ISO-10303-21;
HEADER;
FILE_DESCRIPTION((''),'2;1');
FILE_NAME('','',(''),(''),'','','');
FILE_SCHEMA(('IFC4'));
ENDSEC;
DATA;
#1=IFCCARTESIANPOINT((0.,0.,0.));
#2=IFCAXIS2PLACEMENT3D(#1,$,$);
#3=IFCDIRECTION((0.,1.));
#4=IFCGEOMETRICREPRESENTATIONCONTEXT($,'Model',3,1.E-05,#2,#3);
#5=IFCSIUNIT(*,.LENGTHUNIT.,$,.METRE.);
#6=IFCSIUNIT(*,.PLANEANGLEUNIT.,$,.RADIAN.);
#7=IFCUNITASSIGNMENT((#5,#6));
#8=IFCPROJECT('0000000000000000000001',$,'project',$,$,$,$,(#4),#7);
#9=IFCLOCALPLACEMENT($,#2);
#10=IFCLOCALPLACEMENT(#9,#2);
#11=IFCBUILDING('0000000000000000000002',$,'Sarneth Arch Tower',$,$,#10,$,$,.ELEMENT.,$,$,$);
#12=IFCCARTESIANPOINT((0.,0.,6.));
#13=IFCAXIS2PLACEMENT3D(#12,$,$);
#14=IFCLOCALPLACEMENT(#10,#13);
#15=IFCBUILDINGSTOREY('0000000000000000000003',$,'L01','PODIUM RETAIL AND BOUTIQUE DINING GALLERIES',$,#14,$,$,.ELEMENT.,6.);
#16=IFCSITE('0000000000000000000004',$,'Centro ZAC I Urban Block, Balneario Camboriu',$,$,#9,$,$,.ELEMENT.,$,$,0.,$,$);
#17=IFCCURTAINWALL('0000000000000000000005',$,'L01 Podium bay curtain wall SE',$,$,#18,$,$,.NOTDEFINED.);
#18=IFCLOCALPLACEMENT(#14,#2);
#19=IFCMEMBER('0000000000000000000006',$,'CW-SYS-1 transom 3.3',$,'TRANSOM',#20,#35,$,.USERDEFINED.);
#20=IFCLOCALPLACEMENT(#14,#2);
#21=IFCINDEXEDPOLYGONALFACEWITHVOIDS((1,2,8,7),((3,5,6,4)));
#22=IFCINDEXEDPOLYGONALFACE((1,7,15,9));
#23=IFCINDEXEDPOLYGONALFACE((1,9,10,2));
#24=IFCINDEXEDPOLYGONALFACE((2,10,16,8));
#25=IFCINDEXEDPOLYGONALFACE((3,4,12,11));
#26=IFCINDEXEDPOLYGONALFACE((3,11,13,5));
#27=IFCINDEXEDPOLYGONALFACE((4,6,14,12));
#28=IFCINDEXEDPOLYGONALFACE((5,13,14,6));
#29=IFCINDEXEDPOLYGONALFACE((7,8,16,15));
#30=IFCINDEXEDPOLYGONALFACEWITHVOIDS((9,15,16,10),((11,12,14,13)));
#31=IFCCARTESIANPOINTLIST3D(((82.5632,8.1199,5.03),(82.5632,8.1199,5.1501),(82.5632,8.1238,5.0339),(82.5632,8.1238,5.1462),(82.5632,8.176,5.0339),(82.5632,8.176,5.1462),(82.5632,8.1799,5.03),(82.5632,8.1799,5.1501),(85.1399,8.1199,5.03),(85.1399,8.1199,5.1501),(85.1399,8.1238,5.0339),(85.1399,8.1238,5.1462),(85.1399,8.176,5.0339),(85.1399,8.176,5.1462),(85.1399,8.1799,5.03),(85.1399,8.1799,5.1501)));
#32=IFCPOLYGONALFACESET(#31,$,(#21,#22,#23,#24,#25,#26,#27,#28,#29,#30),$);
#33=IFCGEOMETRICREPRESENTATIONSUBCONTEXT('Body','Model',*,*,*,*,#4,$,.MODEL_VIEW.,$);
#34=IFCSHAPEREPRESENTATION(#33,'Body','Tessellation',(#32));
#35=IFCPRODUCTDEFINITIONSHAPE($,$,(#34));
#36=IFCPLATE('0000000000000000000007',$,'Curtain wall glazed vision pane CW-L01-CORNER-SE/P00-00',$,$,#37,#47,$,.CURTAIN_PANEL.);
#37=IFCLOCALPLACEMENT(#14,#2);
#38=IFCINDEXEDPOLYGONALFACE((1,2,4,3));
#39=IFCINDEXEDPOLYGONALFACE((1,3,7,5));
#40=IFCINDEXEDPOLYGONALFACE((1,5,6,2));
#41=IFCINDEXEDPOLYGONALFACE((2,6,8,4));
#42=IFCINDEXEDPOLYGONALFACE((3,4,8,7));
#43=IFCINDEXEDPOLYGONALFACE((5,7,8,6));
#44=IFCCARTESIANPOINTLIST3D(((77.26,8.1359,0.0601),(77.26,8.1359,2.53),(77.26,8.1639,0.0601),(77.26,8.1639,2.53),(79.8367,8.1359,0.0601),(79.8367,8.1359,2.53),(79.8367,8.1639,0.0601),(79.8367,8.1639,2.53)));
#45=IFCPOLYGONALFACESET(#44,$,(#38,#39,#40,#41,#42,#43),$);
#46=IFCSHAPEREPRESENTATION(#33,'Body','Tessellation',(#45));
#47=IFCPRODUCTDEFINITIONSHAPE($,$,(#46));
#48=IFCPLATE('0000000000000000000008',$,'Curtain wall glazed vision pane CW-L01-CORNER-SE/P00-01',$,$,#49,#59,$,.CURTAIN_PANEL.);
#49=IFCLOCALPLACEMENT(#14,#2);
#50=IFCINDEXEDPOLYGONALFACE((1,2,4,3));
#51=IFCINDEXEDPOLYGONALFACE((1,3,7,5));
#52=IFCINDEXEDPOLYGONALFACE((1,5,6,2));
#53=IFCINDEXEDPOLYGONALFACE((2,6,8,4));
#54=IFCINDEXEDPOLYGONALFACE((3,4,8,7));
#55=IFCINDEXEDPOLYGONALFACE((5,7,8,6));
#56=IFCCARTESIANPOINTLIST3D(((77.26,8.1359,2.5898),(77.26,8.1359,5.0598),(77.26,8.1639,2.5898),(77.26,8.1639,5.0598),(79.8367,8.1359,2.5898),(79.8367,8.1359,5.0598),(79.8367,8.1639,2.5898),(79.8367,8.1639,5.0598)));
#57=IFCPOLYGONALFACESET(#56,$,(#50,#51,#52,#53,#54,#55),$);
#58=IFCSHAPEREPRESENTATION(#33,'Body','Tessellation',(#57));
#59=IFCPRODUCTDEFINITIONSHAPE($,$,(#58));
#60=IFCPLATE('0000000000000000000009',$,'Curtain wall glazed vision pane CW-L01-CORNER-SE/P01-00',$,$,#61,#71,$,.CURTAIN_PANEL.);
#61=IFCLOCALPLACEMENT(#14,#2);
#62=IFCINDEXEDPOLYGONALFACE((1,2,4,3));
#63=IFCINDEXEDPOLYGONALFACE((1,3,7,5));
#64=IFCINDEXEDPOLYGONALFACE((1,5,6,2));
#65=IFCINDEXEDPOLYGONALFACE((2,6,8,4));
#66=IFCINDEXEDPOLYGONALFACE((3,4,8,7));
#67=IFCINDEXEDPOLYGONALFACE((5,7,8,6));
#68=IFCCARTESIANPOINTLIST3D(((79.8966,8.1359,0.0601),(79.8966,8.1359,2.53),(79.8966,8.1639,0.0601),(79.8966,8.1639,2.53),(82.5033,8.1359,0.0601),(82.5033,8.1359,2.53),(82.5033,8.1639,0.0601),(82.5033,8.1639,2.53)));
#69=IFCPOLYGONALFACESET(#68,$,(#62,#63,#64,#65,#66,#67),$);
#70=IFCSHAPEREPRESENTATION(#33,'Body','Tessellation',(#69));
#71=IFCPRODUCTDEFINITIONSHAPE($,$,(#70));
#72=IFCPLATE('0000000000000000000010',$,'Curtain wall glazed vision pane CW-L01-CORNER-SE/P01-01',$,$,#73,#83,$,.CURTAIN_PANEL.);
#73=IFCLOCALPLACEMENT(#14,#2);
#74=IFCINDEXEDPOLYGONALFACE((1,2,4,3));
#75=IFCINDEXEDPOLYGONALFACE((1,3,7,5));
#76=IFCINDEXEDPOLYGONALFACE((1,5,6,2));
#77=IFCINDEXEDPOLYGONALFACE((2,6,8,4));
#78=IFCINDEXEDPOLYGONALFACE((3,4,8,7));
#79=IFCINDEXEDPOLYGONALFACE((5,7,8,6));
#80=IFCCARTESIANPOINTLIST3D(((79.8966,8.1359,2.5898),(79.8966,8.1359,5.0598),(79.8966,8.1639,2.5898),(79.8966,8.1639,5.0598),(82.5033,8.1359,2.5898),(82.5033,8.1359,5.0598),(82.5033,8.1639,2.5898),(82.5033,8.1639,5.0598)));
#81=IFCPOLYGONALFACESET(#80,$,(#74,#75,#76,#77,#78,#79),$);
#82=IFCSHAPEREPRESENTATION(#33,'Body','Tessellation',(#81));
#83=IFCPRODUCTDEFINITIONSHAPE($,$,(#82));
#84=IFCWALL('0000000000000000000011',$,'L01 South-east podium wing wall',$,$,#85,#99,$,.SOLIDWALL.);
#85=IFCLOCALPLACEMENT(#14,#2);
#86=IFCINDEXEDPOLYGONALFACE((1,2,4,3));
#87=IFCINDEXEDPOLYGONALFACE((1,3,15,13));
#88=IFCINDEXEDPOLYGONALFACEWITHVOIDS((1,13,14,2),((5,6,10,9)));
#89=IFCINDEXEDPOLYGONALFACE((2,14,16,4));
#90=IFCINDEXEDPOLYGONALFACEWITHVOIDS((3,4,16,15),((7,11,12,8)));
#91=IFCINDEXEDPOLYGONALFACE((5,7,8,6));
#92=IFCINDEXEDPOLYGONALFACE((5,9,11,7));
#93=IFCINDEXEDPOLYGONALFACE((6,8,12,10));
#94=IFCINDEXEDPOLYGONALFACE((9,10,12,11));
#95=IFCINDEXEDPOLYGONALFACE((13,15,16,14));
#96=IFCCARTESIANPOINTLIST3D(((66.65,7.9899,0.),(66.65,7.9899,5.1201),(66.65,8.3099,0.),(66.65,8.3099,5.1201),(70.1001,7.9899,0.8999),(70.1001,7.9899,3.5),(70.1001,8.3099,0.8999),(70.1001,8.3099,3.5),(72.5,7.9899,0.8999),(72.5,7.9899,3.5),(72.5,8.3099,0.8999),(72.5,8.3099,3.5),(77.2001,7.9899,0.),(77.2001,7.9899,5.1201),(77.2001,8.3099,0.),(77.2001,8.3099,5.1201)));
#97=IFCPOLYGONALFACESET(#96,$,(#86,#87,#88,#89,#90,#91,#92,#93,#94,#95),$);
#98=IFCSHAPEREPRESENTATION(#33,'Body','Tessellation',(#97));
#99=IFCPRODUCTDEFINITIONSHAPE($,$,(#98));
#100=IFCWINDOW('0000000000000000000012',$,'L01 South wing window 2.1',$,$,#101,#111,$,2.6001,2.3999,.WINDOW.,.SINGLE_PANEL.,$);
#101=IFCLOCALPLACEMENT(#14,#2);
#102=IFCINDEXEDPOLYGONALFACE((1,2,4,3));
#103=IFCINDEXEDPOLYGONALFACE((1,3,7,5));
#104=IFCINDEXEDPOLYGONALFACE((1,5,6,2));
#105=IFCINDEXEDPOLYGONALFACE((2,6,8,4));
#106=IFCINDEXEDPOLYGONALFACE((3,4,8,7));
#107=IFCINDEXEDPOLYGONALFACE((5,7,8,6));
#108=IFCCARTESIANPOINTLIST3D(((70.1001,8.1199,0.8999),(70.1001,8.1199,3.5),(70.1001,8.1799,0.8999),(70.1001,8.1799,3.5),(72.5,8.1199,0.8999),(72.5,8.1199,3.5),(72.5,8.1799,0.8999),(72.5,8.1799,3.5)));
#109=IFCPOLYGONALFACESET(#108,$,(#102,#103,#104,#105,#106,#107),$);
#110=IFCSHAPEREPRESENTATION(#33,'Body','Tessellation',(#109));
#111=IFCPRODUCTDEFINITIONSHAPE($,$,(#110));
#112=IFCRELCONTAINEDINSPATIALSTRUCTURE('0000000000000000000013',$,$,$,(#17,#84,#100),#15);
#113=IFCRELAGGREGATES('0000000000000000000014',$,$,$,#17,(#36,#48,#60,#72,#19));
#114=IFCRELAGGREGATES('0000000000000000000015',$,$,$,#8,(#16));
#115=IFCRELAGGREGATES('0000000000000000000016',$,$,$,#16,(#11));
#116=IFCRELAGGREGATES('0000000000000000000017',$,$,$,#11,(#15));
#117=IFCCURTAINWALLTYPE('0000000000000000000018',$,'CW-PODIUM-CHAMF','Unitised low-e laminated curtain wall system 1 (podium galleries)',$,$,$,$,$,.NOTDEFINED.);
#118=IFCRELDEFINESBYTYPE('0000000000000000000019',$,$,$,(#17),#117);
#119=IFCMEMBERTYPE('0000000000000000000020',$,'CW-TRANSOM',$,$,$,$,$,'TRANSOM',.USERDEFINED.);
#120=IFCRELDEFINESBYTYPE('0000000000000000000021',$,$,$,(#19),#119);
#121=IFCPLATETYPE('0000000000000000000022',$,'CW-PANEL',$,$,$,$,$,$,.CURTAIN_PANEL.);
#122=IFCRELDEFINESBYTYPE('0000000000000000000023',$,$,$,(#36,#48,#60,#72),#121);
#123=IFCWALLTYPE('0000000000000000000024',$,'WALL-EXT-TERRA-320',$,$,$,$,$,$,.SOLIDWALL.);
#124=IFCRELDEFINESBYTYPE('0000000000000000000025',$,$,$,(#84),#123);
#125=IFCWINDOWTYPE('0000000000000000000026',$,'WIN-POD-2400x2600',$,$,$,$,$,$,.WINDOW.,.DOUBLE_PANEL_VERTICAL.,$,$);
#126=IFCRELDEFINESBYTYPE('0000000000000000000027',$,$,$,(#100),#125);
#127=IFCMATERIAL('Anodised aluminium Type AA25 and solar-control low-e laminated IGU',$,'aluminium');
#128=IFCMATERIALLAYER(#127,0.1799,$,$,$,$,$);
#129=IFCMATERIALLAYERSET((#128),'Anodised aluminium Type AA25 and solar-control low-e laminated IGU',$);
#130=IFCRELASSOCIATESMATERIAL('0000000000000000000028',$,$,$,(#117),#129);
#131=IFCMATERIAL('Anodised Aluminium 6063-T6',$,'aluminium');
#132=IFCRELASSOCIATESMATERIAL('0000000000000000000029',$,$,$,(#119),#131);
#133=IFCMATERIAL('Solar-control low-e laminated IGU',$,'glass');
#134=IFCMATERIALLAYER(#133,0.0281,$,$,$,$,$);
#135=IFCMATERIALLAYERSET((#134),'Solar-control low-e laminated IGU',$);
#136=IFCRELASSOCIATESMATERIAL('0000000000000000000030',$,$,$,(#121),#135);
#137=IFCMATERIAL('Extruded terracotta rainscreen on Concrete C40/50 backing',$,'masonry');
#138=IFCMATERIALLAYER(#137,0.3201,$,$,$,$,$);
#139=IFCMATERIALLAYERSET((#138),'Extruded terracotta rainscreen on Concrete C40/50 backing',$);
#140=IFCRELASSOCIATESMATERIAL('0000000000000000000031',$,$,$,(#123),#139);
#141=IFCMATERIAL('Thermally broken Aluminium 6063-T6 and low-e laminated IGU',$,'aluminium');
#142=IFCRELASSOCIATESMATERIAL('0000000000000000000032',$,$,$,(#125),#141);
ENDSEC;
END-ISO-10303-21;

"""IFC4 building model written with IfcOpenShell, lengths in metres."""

from ifc_helpers import new_model, si_unit, direction, frame, frame_2d, origin, origin_2d, place, context, subcontext, project, spatial, rectangle, hollow_rectangle, extrude, material, layer, layer_set, material_profile, profile_set, type_object, element, fill, aggregate, save


model = new_model("IFC4")

# Units and contexts
model_context = context("Model", 3, precision=1e-05, world=origin(), true_north=direction((0.0, 1.0)))
body_context = subcontext(model_context, "Body", "Model", "MODEL_VIEW")
ifc_project = project(units=[si_unit("LENGTHUNIT", "METRE"), si_unit("PLANEANGLEUNIT", "RADIAN")], contexts=[model_context])

# Site, building, storey
site_placement = place(None, origin())
site = spatial("IfcSite", under=ifc_project, at=site_placement, Name="Centro ZAC I Urban Block, Balneario Camboriu", CompositionType="ELEMENT", RefElevation=0.0)
building_placement = place(site_placement, origin())
building = spatial("IfcBuilding", under=site, at=building_placement, Name="Sarneth Arch Tower", CompositionType="ELEMENT")
storey_placement = place(building_placement, frame((0.0, 0.0, 6.0)))
storey = spatial("IfcBuildingStorey", under=building, at=storey_placement, Name="L01", Description="PODIUM RETAIL AND BOUTIQUE DINING GALLERIES", CompositionType="ELEMENT", Elevation=6.0)

# Curtain wall, member, plates
ifc_material_1 = material(Name="Anodised aluminium Type AA25 and solar-control low-e laminated IGU", Category="aluminium")
ifc_layer_1 = layer(ifc_material_1, 0.1799)
ifc_layer_set_1 = layer_set([ifc_layer_1], Name="Anodised aluminium Type AA25 and solar-control low-e laminated IGU")
curtain_wall_type = type_object("IfcCurtainWallType", Name="CW-PODIUM-CHAMF", Description="Unitised low-e laminated curtain wall system 1 (podium galleries)", PredefinedType="NOTDEFINED", material=ifc_layer_set_1)
curtain_wall_placement = place(storey_placement, origin())
curtain_wall = element("IfcCurtainWall", 1, at=curtain_wall_placement, inside=storey, type_object=curtain_wall_type, Name="L01 Podium bay curtain wall SE", PredefinedType="NOTDEFINED")
ifc_material_2 = material(Name="Anodised Aluminium 6063-T6", Category="aluminium")
ifc_material_profile_1 = material_profile(ifc_material_2, hollow_rectangle(XDim=0.0601, YDim=0.1201, WallThickness=0.0039, at=origin_2d()), Name="AL-TRAN-120x60x4")
ifc_profile_set_1 = profile_set([ifc_material_profile_1], Name="Anodised Aluminium 6063-T6")
member_type_1 = type_object("IfcMemberType", Name="CW-TRANSOM", ElementType="TRANSOM", PredefinedType="USERDEFINED", material=ifc_profile_set_1)
member_1_placement = place(storey_placement, frame((82.5632, 8.1499, 5.0901), z_axis=(1.0, 0.0, 0.0), x_axis=(0.0, 1.0, 0.0)))
member_1 = element("IfcMember", 2, at=member_1_placement, type_object=member_type_1, Name="CW-SYS-1 transom 3.3", ObjectType="TRANSOM", PredefinedType="USERDEFINED", context=body_context, shape_type="SweptSolid", body=[
    extrude(hollow_rectangle(XDim=0.0601, YDim=0.1201, WallThickness=0.0039, at=origin_2d()), origin(), (0.0, 0.0, 1.0), 2.5767),
])
ifc_material_3 = material(Name="Solar-control low-e laminated IGU", Category="glass")
ifc_layer_2 = layer(ifc_material_3, 0.0281)
ifc_layer_set_2 = layer_set([ifc_layer_2], Name="Solar-control low-e laminated IGU")
plate_type = type_object("IfcPlateType", Name="CW-PANEL", PredefinedType="CURTAIN_PANEL", material=ifc_layer_set_2)
plate_1_placement = place(storey_placement, frame((78.5483, 8.1499, 0.0601), z_axis=(0.0, 0.0, 1.0), x_axis=(1.0, 0.0, 0.0)))
plate_1 = element("IfcPlate", 3, at=plate_1_placement, type_object=plate_type, Name="Curtain wall glazed vision pane CW-L01-CORNER-SE/P00-00", PredefinedType="CURTAIN_PANEL", context=body_context, shape_type="SweptSolid", body=[
    extrude(rectangle(XDim=2.5767, YDim=0.0281, at=origin_2d()), origin(), (0.0, 0.0, 1.0), 2.47),
])
plate_2_placement = place(storey_placement, frame((78.5483, 8.1499, 2.5898), z_axis=(0.0, 0.0, 1.0), x_axis=(1.0, 0.0, 0.0)))
plate_2 = element("IfcPlate", 4, at=plate_2_placement, type_object=plate_type, Name="Curtain wall glazed vision pane CW-L01-CORNER-SE/P00-01", PredefinedType="CURTAIN_PANEL", context=body_context, shape_type="SweptSolid", body=[
    extrude(rectangle(XDim=2.5767, YDim=0.0281, at=origin_2d()), origin(), (0.0, 0.0, 1.0), 2.47),
])
plate_3_placement = place(storey_placement, frame((81.2, 8.1499, 0.0601), z_axis=(0.0, 0.0, 1.0), x_axis=(1.0, 0.0, 0.0)))
plate_3 = element("IfcPlate", 5, at=plate_3_placement, type_object=plate_type, Name="Curtain wall glazed vision pane CW-L01-CORNER-SE/P01-00", PredefinedType="CURTAIN_PANEL", context=body_context, shape_type="SweptSolid", body=[
    extrude(rectangle(XDim=2.6067, YDim=0.0281, at=origin_2d()), origin(), (0.0, 0.0, 1.0), 2.47),
])
plate_4_placement = place(storey_placement, frame((81.2, 8.1499, 2.5898), z_axis=(0.0, 0.0, 1.0), x_axis=(1.0, 0.0, 0.0)))
plate_4 = element("IfcPlate", 6, at=plate_4_placement, type_object=plate_type, Name="Curtain wall glazed vision pane CW-L01-CORNER-SE/P01-01", PredefinedType="CURTAIN_PANEL", context=body_context, shape_type="SweptSolid", body=[
    extrude(rectangle(XDim=2.6067, YDim=0.0281, at=origin_2d()), origin(), (0.0, 0.0, 1.0), 2.47),
])
aggregate(curtain_wall, [plate_1, plate_2, plate_3, plate_4, member_1])

# Wall, opening, window
ifc_material_4 = material(Name="Extruded terracotta rainscreen on Concrete C40/50 backing", Category="masonry")
ifc_layer_3 = layer(ifc_material_4, 0.3201)
ifc_layer_set_3 = layer_set([ifc_layer_3], Name="Extruded terracotta rainscreen on Concrete C40/50 backing")
wall_type = type_object("IfcWallType", Name="WALL-EXT-TERRA-320", PredefinedType="SOLIDWALL", material=ifc_layer_set_3)
wall_placement = place(storey_placement, frame((77.2, 8.1499, 0.0), z_axis=(0.0, 0.0, 1.0), x_axis=(-1.0, 0.0, 0.0)))
wall = element("IfcWall", 7, at=wall_placement, inside=storey, type_object=wall_type, Name="L01 South-east podium wing wall", PredefinedType="SOLIDWALL", context=body_context, shape_type="SweptSolid", body=[
    extrude(rectangle(XDim=10.55, YDim=0.3201, at=frame_2d((5.2749, 0.0))), origin(), (0.0, 0.0, 1.0), 5.1201),
])
opening_placement = place(wall_placement, frame((4.7, 0.0, 0.8999)))
opening = element("IfcOpeningElement", 8, at=opening_placement, cuts=wall, PredefinedType="OPENING", context=body_context, shape_type="SweptSolid", body=[
    extrude(rectangle(XDim=2.3999, YDim=2.6001, at=frame_2d((1.2, 1.3))), frame((0.0, 0.1699, 0.0), z_axis=(0.0, -1.0, 0.0), x_axis=(1.0, 0.0, 0.0)), (0.0, 0.0, 1.0), 0.3401),
])
ifc_material_5 = material(Name="Thermally broken Aluminium 6063-T6 and low-e laminated IGU", Category="aluminium")
window_type = type_object("IfcWindowType", Name="WIN-POD-2400x2600", PartitioningType="DOUBLE_PANEL_VERTICAL", PredefinedType="WINDOW", material=ifc_material_5)
window_placement = place(opening_placement, origin())
window = element("IfcWindow", 9, at=window_placement, inside=storey, type_object=window_type, Name="L01 South wing window 2.1", OverallHeight=2.6001, OverallWidth=2.3999, PartitioningType="SINGLE_PANEL", PredefinedType="WINDOW", context=body_context, shape_type="SweptSolid", body=[
    extrude(rectangle(XDim=2.3999, YDim=2.6001, at=frame_2d((1.2, 1.3))), frame((0.0, 0.03, 0.0), z_axis=(0.0, -1.0, 0.0), x_axis=(1.0, 0.0, 0.0)), (0.0, 0.0, 1.0), 0.0601),
])
fill(opening, window)

save(model, "model.ifc")
